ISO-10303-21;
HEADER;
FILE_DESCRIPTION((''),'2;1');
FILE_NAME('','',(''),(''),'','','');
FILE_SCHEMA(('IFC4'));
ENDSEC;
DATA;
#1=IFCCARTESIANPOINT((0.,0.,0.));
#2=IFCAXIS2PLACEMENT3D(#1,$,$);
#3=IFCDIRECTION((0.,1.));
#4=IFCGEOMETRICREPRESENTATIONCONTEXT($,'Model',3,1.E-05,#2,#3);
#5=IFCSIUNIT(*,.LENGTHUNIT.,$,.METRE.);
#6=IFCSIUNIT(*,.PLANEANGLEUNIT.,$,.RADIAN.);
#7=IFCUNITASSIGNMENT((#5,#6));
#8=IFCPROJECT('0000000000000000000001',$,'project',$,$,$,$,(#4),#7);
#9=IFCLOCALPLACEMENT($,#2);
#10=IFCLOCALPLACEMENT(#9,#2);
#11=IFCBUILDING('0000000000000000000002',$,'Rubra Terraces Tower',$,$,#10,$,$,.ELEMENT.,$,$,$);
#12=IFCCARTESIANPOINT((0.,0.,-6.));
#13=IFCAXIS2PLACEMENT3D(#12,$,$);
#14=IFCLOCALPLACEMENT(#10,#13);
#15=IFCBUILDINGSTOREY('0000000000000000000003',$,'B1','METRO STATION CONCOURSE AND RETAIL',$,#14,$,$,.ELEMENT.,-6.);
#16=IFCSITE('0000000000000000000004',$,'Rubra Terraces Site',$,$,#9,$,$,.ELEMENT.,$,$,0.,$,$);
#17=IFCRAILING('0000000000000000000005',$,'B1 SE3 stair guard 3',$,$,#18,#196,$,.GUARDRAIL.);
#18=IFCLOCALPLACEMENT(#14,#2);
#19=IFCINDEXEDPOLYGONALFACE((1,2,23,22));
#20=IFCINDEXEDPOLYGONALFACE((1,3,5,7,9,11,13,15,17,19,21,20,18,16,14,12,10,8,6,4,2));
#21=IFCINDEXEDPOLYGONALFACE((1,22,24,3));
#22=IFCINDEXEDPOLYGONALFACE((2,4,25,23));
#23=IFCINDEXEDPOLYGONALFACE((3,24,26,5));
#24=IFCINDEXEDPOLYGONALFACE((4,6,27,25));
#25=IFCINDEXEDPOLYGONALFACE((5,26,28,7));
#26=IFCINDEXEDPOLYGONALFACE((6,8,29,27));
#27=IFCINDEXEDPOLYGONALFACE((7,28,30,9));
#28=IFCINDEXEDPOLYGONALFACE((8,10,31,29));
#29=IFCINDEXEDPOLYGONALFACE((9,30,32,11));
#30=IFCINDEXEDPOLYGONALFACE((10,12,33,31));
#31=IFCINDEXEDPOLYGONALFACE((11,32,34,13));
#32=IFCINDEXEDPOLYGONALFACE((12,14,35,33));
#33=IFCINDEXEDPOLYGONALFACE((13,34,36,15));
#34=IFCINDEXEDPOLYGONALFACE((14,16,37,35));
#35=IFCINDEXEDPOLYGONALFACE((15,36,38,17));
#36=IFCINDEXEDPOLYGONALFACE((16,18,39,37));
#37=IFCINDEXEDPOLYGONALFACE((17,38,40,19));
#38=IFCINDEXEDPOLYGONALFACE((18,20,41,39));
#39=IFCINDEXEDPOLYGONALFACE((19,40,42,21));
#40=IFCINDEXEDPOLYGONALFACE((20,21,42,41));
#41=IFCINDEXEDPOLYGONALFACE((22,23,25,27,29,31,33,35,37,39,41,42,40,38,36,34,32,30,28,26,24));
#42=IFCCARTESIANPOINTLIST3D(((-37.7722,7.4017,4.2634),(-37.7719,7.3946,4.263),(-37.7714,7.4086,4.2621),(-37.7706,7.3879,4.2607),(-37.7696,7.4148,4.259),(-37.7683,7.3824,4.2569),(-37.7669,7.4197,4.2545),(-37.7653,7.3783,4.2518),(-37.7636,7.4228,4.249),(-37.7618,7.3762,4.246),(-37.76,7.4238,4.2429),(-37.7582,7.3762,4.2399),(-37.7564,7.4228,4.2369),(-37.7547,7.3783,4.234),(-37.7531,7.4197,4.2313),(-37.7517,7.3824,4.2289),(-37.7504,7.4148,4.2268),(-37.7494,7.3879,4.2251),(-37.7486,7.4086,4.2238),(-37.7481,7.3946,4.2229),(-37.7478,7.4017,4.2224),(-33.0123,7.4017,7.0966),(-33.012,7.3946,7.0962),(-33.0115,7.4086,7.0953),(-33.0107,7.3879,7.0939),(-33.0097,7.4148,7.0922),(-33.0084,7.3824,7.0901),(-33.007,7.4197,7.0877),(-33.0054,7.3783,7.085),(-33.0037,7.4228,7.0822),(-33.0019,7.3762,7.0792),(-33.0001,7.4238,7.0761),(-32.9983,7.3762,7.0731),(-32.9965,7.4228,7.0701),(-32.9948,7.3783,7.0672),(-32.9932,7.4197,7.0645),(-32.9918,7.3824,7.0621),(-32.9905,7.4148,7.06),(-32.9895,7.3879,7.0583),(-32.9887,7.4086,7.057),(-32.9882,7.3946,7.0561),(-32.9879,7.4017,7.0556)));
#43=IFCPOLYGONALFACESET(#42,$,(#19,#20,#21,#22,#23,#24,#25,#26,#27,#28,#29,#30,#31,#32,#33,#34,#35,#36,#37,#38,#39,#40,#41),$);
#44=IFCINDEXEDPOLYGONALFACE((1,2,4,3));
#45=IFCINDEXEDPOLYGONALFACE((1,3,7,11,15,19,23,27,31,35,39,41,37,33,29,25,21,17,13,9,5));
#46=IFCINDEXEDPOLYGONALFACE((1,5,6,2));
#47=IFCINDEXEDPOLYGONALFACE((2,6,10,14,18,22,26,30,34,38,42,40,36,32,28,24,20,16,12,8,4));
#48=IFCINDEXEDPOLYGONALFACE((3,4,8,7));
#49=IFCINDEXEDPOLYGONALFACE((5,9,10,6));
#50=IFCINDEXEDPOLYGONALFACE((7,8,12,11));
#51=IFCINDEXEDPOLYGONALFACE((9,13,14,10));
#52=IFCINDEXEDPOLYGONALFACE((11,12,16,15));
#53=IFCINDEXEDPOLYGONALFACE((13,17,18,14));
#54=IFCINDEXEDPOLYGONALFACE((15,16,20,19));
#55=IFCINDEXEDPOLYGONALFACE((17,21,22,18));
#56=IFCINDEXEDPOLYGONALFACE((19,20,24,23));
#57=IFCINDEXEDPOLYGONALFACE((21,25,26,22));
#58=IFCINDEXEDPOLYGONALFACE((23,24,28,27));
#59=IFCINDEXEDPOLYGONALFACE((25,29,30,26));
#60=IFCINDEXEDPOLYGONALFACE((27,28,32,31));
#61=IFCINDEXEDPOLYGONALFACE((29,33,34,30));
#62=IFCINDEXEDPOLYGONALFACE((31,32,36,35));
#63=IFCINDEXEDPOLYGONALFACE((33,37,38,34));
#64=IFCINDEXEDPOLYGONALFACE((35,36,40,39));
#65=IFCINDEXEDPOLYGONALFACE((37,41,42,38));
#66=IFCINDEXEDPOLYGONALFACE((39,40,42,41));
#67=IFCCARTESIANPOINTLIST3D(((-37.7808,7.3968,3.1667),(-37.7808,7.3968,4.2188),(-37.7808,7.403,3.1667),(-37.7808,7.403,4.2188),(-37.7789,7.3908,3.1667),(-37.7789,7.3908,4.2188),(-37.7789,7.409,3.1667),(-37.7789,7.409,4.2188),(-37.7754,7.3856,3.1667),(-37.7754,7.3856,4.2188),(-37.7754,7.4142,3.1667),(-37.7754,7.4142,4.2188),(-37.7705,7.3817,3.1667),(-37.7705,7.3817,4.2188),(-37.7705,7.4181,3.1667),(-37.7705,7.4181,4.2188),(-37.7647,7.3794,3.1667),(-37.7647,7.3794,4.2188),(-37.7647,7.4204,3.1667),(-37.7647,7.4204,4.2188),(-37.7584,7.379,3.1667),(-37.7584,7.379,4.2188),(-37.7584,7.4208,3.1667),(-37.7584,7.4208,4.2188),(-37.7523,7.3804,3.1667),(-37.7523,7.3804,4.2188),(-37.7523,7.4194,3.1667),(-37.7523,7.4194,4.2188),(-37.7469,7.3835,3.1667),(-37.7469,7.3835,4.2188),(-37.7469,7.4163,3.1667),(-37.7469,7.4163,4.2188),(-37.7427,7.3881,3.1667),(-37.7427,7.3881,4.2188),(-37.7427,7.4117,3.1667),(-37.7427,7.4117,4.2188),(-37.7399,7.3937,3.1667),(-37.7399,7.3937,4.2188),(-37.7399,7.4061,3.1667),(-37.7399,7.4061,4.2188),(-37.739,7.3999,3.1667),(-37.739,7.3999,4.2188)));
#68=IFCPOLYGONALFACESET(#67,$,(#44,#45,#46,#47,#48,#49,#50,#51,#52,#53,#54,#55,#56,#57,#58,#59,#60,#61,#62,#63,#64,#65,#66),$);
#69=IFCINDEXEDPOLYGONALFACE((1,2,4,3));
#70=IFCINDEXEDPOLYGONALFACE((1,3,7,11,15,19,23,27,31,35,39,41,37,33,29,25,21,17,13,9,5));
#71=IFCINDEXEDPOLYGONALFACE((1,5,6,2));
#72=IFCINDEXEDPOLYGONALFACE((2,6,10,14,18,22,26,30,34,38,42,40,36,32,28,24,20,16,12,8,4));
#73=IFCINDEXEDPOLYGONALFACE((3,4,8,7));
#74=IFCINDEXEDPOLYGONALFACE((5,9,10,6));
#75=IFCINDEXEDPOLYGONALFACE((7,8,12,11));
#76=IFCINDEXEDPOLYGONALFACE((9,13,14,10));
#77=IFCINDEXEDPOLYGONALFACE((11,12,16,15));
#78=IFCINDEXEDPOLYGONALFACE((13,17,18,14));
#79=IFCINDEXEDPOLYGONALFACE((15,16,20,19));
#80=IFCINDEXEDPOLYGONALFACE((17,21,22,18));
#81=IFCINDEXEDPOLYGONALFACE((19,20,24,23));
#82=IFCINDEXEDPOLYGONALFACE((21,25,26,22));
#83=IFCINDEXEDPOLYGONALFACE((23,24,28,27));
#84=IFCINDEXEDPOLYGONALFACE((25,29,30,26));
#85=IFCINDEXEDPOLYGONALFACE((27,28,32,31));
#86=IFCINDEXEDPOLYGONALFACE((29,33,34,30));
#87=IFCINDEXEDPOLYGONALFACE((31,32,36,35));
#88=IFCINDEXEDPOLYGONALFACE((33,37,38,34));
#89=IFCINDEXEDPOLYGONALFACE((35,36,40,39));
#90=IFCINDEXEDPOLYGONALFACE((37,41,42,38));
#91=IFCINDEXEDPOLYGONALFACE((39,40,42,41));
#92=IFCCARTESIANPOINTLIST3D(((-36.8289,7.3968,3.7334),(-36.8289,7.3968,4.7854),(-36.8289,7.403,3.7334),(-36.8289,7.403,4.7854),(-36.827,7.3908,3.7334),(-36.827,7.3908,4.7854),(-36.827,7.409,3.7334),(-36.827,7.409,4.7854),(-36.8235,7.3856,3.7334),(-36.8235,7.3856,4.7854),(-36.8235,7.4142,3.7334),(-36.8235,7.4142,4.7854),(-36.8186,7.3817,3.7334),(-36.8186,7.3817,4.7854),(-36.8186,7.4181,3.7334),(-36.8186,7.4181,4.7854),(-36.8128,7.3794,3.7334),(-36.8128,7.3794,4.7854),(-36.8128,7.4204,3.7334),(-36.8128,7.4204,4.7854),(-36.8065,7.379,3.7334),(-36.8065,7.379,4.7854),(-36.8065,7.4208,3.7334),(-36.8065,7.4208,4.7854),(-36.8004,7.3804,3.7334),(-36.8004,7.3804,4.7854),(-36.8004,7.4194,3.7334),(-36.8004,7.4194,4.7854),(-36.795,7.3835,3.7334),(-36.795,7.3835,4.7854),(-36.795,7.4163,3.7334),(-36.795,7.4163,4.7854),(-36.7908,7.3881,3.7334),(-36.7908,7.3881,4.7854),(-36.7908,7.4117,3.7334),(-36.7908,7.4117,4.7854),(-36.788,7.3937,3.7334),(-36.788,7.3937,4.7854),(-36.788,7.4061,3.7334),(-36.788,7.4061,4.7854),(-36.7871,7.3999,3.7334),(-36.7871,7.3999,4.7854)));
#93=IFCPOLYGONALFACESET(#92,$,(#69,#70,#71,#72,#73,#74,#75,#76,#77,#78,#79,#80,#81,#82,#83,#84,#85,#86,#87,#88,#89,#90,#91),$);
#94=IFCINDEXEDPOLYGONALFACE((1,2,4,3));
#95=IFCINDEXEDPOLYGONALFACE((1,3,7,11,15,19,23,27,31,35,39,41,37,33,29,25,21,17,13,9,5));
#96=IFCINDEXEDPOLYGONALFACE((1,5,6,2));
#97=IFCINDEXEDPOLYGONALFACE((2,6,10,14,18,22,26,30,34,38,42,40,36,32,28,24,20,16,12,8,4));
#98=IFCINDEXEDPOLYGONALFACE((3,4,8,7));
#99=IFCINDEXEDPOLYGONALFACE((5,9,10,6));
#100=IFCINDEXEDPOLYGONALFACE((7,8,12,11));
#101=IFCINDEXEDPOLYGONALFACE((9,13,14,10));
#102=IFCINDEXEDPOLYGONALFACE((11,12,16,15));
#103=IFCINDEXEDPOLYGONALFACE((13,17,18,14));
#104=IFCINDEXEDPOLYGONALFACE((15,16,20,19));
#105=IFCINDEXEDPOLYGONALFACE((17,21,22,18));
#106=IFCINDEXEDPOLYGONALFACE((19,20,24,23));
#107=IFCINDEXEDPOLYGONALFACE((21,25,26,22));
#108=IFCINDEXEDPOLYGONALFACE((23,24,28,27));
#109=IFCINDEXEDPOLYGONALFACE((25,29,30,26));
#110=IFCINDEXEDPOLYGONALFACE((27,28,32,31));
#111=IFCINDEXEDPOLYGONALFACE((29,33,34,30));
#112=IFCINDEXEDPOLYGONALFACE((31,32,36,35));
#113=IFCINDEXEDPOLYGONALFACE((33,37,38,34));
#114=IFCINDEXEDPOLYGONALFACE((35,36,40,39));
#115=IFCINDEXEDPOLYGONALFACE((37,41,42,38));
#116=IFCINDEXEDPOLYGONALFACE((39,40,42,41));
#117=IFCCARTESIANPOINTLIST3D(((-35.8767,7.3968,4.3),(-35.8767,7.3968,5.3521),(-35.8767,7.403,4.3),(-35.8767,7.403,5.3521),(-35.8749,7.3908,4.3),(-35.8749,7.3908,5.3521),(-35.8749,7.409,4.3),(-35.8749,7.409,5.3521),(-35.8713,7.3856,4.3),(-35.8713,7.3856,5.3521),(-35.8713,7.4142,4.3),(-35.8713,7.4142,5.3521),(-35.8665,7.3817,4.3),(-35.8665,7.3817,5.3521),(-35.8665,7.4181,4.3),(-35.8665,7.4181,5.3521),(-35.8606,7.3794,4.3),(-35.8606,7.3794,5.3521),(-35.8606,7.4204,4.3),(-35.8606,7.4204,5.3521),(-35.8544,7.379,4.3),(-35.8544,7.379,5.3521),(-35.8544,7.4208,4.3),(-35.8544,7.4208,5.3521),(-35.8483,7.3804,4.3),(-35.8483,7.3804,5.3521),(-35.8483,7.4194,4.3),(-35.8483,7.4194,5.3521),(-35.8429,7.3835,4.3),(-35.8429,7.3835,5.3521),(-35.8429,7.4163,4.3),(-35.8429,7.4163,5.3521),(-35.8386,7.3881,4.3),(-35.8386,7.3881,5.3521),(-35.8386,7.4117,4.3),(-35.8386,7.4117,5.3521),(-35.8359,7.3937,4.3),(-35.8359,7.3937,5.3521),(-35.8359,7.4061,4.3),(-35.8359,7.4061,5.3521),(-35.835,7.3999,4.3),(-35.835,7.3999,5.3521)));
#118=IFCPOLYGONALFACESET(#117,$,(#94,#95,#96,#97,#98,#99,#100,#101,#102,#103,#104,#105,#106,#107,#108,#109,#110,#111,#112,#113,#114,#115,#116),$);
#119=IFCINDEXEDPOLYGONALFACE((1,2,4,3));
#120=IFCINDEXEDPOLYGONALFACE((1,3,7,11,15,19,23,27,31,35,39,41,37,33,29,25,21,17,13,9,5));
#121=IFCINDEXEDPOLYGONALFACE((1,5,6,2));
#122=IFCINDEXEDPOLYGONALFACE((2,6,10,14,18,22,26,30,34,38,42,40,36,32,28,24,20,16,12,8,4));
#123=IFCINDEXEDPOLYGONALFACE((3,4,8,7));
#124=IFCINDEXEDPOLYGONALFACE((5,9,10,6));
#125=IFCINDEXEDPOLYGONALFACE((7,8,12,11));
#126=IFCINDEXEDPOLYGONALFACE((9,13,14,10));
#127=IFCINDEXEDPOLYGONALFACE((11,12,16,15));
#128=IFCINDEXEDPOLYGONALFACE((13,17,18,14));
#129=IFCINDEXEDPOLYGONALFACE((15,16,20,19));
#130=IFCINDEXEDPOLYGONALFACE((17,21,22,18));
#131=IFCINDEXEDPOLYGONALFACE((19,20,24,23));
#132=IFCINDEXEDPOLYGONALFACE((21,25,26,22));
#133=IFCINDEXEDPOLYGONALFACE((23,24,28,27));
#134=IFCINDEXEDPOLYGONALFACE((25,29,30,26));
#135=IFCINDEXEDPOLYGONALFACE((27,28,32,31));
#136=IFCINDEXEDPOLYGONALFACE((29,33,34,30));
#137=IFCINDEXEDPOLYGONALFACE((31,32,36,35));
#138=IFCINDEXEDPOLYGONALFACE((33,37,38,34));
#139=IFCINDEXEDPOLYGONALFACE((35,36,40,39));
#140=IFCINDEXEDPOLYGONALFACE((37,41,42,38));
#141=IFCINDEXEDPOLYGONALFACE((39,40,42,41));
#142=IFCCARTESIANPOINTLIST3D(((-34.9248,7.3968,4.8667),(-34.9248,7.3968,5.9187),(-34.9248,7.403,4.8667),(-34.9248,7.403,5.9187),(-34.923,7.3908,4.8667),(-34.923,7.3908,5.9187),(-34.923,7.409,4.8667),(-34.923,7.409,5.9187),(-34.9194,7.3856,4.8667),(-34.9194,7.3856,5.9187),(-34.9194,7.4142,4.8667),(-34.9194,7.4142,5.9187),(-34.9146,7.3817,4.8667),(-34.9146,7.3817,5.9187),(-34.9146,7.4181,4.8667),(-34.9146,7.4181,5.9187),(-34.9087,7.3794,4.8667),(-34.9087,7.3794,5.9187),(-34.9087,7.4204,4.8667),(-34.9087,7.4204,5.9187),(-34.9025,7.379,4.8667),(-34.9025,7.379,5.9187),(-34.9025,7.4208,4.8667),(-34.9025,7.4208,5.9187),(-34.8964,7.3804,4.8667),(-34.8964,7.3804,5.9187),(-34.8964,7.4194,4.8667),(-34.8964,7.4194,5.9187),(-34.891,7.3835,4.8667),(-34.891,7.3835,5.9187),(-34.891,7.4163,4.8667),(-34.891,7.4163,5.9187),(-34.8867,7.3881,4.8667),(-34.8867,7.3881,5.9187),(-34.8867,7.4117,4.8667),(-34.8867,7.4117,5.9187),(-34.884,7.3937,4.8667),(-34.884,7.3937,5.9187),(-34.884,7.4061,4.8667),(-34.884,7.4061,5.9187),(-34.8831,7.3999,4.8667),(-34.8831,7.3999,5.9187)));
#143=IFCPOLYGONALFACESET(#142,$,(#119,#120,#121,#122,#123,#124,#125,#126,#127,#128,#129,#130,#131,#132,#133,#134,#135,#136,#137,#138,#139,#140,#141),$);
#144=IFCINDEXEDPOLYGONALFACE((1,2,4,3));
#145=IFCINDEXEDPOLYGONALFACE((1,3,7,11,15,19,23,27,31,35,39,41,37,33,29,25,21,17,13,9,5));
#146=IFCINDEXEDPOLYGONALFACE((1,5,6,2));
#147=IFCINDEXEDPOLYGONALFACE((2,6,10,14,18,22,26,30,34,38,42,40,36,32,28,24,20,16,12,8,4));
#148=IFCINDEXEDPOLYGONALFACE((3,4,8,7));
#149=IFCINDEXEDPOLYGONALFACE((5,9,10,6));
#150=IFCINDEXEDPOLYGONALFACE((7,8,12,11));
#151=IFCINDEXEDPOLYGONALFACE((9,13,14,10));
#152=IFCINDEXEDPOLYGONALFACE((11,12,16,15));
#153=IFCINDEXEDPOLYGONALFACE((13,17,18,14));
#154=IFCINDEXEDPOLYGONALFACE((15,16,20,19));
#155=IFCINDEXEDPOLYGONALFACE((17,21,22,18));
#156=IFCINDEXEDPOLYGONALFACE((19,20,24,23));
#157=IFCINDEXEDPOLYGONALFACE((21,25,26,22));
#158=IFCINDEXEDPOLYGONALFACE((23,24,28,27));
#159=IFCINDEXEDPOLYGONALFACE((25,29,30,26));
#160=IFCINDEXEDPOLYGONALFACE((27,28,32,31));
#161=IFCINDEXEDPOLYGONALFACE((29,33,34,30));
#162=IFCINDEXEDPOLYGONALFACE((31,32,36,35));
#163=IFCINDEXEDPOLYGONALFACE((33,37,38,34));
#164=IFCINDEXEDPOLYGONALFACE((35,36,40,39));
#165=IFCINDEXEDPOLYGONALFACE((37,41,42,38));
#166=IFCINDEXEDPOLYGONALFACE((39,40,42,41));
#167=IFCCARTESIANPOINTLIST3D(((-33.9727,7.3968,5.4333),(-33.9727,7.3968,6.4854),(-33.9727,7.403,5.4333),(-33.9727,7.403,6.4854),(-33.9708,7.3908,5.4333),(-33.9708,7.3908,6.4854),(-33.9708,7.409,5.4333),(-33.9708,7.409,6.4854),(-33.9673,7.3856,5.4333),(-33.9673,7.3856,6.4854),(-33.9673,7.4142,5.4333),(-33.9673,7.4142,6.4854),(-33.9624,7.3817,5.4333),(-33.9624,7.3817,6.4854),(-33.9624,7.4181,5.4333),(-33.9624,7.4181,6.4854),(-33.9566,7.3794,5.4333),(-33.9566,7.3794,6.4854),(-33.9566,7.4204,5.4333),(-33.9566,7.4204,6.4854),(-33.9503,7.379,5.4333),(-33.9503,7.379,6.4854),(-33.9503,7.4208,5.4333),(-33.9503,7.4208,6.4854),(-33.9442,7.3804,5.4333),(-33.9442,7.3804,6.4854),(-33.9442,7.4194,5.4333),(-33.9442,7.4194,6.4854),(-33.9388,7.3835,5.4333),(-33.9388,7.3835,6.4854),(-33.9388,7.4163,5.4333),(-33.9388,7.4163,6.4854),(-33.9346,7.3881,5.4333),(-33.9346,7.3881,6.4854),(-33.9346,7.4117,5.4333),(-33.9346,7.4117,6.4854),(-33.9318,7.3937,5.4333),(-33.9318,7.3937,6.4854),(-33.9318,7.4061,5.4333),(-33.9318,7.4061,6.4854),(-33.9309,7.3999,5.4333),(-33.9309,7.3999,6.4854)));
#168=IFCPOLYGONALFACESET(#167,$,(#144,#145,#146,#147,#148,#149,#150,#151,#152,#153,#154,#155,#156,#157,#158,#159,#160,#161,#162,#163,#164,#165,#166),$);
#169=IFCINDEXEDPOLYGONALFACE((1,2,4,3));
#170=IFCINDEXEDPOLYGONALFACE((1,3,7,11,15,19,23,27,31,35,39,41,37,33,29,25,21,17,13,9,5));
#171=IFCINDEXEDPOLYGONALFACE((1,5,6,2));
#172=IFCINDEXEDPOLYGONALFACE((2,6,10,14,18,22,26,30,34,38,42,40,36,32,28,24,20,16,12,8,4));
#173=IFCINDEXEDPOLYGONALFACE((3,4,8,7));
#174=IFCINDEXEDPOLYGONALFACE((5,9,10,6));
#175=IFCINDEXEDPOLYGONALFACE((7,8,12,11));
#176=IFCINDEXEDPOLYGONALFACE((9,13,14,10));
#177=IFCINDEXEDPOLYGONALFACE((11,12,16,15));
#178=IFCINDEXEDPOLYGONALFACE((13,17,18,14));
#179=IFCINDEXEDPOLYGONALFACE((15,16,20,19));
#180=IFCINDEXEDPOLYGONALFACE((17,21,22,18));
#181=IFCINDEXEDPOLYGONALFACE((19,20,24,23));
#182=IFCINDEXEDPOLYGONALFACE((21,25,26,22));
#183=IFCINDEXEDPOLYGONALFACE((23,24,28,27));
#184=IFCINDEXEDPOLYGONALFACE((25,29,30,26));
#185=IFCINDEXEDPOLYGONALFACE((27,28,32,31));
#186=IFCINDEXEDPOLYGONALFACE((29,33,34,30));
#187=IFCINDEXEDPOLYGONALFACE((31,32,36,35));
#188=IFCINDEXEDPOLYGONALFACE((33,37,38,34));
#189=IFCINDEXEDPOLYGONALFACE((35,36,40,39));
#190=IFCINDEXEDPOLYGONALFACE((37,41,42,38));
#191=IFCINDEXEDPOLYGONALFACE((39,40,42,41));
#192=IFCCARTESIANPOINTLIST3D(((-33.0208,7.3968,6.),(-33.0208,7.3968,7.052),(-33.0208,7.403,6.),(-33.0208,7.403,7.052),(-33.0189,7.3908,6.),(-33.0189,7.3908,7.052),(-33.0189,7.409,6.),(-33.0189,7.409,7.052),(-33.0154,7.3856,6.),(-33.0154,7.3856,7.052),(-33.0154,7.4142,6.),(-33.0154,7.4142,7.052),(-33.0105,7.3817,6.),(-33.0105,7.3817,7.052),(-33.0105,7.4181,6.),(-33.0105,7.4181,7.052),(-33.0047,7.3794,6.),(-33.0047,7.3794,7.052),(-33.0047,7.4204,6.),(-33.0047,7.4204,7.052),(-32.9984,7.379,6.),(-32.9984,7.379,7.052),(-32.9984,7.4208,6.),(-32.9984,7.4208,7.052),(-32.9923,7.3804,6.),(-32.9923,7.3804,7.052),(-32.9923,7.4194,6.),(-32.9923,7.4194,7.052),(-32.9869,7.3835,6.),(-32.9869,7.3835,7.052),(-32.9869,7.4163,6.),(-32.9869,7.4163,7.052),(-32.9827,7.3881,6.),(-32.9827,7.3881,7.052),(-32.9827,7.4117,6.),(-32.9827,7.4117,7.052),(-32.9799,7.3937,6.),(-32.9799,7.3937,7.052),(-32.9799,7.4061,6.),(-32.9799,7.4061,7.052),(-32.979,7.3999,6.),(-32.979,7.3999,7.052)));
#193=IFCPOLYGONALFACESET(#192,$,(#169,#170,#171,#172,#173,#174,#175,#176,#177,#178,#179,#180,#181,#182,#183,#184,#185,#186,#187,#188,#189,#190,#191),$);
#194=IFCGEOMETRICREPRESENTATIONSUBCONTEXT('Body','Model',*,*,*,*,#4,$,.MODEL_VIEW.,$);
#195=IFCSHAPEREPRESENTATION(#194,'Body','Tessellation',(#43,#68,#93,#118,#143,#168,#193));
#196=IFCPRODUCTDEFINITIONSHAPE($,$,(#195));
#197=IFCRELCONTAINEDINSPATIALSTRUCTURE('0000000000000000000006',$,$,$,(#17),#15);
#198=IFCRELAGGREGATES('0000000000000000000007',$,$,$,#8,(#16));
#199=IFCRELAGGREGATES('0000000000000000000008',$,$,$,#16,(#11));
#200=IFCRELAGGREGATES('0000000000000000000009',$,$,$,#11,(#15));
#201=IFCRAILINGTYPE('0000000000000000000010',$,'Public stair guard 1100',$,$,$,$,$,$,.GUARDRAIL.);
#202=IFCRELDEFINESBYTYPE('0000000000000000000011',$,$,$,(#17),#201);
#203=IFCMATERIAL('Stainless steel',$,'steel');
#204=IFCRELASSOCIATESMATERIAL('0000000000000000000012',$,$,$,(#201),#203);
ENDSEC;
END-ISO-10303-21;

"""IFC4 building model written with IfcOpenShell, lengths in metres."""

from ifc_helpers import new_model, si_unit, direction, frame, origin, origin_2d, place, context, subcontext, project, spatial, circle, extrude, material, type_object, element, save


model = new_model("IFC4")

# Units and contexts
model_context = context("Model", 3, precision=1e-05, world=origin(), true_north=direction((0.0, 1.0)))
body_context = subcontext(model_context, "Body", "Model", "MODEL_VIEW")
ifc_project = project(units=[si_unit("LENGTHUNIT", "METRE"), si_unit("PLANEANGLEUNIT", "RADIAN")], contexts=[model_context])

# Site, building, storey
site_placement = place(None, origin())
site = spatial("IfcSite", under=ifc_project, at=site_placement, Name="Rubra Terraces Site", CompositionType="ELEMENT", RefElevation=0.0)
building_placement = place(site_placement, origin())
building = spatial("IfcBuilding", under=site, at=building_placement, Name="Rubra Terraces Tower", CompositionType="ELEMENT")
storey_placement = place(building_placement, frame((0.0, 0.0, -6.0)))
storey = spatial("IfcBuildingStorey", under=building, at=storey_placement, Name="B1", Description="METRO STATION CONCOURSE AND RETAIL", CompositionType="ELEMENT", Elevation=-6.0)

# Railing
ifc_material_1 = material(Name="Stainless steel", Category="steel")
railing_type_1 = type_object("IfcRailingType", Name="Public stair guard 1100", PredefinedType="GUARDRAIL", material=ifc_material_1)
railing_1_placement = place(storey_placement, frame((-37.76, 7.3999, 3.1667)))
element("IfcRailing", 1, at=railing_1_placement, inside=storey, type_object=railing_type_1, Name="B1 SE3 stair guard 3", PredefinedType="GUARDRAIL", context=body_context, shape_type="SweptSolid", body=[
    extrude(circle(Radius=0.0239, at=origin_2d()), frame((0.0, 0.0, 1.0762), z_axis=(0.8593, 0.0, 0.511472), x_axis=(0.0, 1.0, 0.0)), (0.0, 0.0, 1.0), 5.5393),
    extrude(circle(Radius=0.021, at=origin_2d()), origin(), (0.0, 0.0, 1.0), 1.052),
    extrude(circle(Radius=0.021, at=origin_2d()), frame((0.9519, 0.0, 0.5667)), (0.0, 0.0, 1.0), 1.052),
    extrude(circle(Radius=0.021, at=origin_2d()), frame((1.9041, 0.0, 1.1333)), (0.0, 0.0, 1.0), 1.052),
    extrude(circle(Radius=0.021, at=origin_2d()), frame((2.856, 0.0, 1.7)), (0.0, 0.0, 1.0), 1.052),
    extrude(circle(Radius=0.021, at=origin_2d()), frame((3.8081, 0.0, 2.2666)), (0.0, 0.0, 1.0), 1.052),
    extrude(circle(Radius=0.021, at=origin_2d()), frame((4.76, 0.0, 2.8333)), (0.0, 0.0, 1.0), 1.052),
])

save(model, "model.ifc")
